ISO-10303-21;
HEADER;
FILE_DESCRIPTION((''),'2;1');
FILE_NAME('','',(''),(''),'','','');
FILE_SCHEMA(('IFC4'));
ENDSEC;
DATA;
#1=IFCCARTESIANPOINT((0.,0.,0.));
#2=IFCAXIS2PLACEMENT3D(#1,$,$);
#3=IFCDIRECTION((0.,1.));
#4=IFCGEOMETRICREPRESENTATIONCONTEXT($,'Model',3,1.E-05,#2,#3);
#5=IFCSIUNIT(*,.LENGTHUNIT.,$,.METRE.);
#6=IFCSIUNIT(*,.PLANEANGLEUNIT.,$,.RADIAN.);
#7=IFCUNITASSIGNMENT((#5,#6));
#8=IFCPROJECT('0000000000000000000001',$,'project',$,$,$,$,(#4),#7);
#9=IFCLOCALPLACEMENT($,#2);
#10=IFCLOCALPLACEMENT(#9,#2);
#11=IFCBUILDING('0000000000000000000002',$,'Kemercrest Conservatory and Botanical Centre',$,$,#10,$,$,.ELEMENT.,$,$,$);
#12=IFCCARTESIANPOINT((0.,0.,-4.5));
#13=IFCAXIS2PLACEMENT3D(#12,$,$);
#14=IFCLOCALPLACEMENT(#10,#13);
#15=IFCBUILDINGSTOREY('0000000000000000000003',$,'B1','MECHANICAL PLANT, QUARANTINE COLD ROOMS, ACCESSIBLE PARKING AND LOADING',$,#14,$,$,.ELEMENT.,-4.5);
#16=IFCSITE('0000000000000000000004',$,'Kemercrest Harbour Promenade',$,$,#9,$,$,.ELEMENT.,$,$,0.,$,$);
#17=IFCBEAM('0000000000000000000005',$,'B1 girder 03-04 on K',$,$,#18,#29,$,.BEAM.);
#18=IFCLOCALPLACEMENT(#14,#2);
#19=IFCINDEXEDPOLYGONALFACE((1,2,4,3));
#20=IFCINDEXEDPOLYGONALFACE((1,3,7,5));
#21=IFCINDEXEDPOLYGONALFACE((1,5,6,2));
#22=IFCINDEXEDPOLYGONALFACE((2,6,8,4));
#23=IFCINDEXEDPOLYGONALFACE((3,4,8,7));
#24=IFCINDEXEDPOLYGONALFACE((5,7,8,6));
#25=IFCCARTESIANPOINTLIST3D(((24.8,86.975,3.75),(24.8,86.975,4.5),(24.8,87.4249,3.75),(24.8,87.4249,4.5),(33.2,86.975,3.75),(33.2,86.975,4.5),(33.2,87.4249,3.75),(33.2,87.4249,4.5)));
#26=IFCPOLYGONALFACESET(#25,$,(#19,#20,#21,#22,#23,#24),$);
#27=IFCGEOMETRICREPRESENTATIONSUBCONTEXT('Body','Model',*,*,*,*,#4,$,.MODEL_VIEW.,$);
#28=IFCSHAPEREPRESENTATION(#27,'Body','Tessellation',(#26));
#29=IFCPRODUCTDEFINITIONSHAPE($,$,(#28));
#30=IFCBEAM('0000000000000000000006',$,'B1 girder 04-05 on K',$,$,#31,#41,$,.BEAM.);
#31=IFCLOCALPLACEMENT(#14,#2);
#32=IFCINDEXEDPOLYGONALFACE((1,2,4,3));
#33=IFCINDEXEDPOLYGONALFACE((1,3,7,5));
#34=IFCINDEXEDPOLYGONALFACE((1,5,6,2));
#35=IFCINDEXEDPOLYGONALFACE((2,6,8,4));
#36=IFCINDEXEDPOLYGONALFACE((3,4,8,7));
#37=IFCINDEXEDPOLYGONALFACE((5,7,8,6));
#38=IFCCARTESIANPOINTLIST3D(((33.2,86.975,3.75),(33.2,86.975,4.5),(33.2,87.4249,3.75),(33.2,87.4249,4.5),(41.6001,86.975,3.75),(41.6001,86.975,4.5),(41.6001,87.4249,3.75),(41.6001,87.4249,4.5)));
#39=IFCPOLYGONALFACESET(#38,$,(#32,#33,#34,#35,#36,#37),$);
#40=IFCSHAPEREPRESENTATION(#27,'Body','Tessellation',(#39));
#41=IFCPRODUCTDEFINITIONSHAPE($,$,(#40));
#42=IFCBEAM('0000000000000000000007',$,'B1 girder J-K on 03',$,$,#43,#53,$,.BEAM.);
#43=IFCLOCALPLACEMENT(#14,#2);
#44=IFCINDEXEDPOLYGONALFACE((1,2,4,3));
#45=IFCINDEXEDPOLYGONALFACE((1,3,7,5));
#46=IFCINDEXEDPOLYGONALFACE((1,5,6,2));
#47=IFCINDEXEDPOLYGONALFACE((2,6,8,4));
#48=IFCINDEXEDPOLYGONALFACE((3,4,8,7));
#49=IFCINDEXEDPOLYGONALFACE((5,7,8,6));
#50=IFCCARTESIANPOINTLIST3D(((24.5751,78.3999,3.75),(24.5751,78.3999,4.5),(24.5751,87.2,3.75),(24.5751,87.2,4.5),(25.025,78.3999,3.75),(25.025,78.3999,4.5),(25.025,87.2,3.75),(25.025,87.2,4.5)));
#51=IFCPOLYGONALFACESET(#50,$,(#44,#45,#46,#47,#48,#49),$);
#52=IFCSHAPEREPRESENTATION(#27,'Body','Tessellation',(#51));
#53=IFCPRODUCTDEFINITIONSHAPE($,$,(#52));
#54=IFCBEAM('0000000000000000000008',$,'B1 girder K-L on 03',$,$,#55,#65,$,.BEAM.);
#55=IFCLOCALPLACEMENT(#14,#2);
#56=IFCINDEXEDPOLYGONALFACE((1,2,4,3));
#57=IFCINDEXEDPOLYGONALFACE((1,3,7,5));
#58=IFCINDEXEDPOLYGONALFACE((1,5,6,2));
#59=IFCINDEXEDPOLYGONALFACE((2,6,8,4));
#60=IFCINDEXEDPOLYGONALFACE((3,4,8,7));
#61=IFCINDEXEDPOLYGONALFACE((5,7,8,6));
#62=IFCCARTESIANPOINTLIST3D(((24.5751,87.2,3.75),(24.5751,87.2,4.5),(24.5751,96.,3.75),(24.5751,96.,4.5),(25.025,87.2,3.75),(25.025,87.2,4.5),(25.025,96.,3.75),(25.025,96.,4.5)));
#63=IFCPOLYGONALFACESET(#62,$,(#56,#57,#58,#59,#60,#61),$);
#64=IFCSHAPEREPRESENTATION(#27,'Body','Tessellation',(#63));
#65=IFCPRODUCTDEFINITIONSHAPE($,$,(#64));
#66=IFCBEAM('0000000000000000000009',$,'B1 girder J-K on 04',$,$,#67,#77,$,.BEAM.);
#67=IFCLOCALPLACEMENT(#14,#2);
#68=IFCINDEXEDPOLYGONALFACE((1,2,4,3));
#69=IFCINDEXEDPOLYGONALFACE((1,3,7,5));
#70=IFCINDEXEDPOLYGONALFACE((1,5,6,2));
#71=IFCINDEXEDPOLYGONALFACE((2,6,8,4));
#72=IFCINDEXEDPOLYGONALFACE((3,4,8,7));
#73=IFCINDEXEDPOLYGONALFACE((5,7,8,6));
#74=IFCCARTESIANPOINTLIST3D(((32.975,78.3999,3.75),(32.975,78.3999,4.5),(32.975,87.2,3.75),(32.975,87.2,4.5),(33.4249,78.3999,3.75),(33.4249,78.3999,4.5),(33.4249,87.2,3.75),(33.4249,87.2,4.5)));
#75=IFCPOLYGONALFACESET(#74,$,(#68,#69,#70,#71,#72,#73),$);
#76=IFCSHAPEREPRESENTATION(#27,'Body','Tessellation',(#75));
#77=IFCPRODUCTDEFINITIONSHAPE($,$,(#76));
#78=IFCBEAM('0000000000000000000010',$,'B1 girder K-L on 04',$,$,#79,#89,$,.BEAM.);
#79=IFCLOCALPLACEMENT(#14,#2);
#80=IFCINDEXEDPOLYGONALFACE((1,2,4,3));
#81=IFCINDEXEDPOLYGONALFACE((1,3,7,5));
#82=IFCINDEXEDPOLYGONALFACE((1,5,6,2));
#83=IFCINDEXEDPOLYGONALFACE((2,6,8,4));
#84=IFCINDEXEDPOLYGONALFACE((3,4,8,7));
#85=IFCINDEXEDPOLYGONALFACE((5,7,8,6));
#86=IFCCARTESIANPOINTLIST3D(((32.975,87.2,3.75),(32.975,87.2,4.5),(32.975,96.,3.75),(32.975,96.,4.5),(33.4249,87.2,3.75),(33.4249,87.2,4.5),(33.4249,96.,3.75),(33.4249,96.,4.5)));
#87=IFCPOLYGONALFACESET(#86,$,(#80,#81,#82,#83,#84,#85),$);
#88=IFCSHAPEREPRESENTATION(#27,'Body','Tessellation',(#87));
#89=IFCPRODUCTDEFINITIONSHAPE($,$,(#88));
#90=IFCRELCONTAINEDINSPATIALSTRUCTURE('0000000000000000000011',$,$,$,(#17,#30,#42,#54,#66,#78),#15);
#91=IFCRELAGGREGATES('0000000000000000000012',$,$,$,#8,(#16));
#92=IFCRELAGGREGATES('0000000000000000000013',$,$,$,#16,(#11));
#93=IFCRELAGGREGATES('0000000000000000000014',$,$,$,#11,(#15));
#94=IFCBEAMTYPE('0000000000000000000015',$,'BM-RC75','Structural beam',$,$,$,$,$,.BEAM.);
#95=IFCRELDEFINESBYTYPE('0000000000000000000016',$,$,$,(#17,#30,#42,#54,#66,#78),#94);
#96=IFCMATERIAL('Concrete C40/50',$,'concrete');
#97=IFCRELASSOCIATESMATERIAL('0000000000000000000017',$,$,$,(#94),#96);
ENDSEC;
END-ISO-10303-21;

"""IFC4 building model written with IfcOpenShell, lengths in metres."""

from ifc_helpers import new_model, si_unit, direction, frame, origin, origin_2d, place, context, subcontext, project, spatial, rectangle, extrude, material, material_profile, profile_set, type_object, element, save


model = new_model("IFC4")

# Units and contexts
model_context = context("Model", 3, precision=1e-05, world=origin(), true_north=direction((0.0, 1.0)))
body_context = subcontext(model_context, "Body", "Model", "MODEL_VIEW")
ifc_project = project(units=[si_unit("LENGTHUNIT", "METRE"), si_unit("PLANEANGLEUNIT", "RADIAN")], contexts=[model_context])

# Site, building, storey
site_placement = place(None, origin())
site = spatial("IfcSite", under=ifc_project, at=site_placement, Name="Kemercrest Harbour Promenade", CompositionType="ELEMENT", RefElevation=0.0)
building_placement = place(site_placement, origin())
building = spatial("IfcBuilding", under=site, at=building_placement, Name="Kemercrest Conservatory and Botanical Centre", CompositionType="ELEMENT")
storey_placement = place(building_placement, frame((0.0, 0.0, -4.5)))
storey = spatial("IfcBuildingStorey", under=building, at=storey_placement, Name="B1", Description="MECHANICAL PLANT, QUARANTINE COLD ROOMS, ACCESSIBLE PARKING AND LOADING", CompositionType="ELEMENT", Elevation=-4.5)

# Shared definitions
ifc_material_1 = material(Name="Concrete C40/50", Category="concrete")

# Beams
ifc_material_profile_1 = material_profile(ifc_material_1, rectangle(XDim=0.45, YDim=0.75, at=origin_2d()), Name="RC 450x750")
ifc_profile_set_1 = profile_set([ifc_material_profile_1], Name="Concrete C40/50")
beam_type = type_object("IfcBeamType", Name="BM-RC75", Description="Structural beam", PredefinedType="BEAM", material=ifc_profile_set_1)
beam_1_placement = place(storey_placement, frame((24.8, 87.2, 4.125), z_axis=(1.0, 0.0, 0.0), x_axis=(0.0, 1.0, 0.0)))
element("IfcBeam", 1, at=beam_1_placement, inside=storey, type_object=beam_type, Name="B1 girder 03-04 on K", PredefinedType="BEAM", context=body_context, shape_type="SweptSolid", body=[
    extrude(rectangle(XDim=0.45, YDim=0.75, at=origin_2d()), origin(), (0.0, 0.0, 1.0), 8.3999),
])
beam_2_placement = place(storey_placement, frame((33.2, 87.2, 4.125), z_axis=(1.0, 0.0, 0.0), x_axis=(0.0, 1.0, 0.0)))
element("IfcBeam", 2, at=beam_2_placement, inside=storey, type_object=beam_type, Name="B1 girder 04-05 on K", PredefinedType="BEAM", context=body_context, shape_type="SweptSolid", body=[
    extrude(rectangle(XDim=0.45, YDim=0.75, at=origin_2d()), origin(), (0.0, 0.0, 1.0), 8.4001),
])
for number, where, z_axis, x_axis, name in (
    (3, (24.8, 78.3999, 4.125), (0.0, 1.0, 0.0), (-1.0, 0.0, 0.0), "B1 girder J-K on 03"),
    (4, (24.8, 87.2, 4.125), (0.0, 1.0, 0.0), (-1.0, 0.0, 0.0), "B1 girder K-L on 03"),
    (5, (33.2, 78.3999, 4.125), (0.0, 1.0, 0.0), (-1.0, 0.0, 0.0), "B1 girder J-K on 04"),
    (6, (33.2, 87.2, 4.125), (0.0, 1.0, 0.0), (-1.0, 0.0, 0.0), "B1 girder K-L on 04"),
):
    element("IfcBeam", number, at=place(storey_placement, frame(where, z_axis=z_axis, x_axis=x_axis)), inside=storey, type_object=beam_type, Name=name, PredefinedType="BEAM", context=body_context, shape_type="SweptSolid", body=[
        extrude(rectangle(XDim=0.45, YDim=0.75, at=origin_2d()), origin(), (0.0, 0.0, 1.0), 8.8),
    ])

save(model, "model.ifc")
